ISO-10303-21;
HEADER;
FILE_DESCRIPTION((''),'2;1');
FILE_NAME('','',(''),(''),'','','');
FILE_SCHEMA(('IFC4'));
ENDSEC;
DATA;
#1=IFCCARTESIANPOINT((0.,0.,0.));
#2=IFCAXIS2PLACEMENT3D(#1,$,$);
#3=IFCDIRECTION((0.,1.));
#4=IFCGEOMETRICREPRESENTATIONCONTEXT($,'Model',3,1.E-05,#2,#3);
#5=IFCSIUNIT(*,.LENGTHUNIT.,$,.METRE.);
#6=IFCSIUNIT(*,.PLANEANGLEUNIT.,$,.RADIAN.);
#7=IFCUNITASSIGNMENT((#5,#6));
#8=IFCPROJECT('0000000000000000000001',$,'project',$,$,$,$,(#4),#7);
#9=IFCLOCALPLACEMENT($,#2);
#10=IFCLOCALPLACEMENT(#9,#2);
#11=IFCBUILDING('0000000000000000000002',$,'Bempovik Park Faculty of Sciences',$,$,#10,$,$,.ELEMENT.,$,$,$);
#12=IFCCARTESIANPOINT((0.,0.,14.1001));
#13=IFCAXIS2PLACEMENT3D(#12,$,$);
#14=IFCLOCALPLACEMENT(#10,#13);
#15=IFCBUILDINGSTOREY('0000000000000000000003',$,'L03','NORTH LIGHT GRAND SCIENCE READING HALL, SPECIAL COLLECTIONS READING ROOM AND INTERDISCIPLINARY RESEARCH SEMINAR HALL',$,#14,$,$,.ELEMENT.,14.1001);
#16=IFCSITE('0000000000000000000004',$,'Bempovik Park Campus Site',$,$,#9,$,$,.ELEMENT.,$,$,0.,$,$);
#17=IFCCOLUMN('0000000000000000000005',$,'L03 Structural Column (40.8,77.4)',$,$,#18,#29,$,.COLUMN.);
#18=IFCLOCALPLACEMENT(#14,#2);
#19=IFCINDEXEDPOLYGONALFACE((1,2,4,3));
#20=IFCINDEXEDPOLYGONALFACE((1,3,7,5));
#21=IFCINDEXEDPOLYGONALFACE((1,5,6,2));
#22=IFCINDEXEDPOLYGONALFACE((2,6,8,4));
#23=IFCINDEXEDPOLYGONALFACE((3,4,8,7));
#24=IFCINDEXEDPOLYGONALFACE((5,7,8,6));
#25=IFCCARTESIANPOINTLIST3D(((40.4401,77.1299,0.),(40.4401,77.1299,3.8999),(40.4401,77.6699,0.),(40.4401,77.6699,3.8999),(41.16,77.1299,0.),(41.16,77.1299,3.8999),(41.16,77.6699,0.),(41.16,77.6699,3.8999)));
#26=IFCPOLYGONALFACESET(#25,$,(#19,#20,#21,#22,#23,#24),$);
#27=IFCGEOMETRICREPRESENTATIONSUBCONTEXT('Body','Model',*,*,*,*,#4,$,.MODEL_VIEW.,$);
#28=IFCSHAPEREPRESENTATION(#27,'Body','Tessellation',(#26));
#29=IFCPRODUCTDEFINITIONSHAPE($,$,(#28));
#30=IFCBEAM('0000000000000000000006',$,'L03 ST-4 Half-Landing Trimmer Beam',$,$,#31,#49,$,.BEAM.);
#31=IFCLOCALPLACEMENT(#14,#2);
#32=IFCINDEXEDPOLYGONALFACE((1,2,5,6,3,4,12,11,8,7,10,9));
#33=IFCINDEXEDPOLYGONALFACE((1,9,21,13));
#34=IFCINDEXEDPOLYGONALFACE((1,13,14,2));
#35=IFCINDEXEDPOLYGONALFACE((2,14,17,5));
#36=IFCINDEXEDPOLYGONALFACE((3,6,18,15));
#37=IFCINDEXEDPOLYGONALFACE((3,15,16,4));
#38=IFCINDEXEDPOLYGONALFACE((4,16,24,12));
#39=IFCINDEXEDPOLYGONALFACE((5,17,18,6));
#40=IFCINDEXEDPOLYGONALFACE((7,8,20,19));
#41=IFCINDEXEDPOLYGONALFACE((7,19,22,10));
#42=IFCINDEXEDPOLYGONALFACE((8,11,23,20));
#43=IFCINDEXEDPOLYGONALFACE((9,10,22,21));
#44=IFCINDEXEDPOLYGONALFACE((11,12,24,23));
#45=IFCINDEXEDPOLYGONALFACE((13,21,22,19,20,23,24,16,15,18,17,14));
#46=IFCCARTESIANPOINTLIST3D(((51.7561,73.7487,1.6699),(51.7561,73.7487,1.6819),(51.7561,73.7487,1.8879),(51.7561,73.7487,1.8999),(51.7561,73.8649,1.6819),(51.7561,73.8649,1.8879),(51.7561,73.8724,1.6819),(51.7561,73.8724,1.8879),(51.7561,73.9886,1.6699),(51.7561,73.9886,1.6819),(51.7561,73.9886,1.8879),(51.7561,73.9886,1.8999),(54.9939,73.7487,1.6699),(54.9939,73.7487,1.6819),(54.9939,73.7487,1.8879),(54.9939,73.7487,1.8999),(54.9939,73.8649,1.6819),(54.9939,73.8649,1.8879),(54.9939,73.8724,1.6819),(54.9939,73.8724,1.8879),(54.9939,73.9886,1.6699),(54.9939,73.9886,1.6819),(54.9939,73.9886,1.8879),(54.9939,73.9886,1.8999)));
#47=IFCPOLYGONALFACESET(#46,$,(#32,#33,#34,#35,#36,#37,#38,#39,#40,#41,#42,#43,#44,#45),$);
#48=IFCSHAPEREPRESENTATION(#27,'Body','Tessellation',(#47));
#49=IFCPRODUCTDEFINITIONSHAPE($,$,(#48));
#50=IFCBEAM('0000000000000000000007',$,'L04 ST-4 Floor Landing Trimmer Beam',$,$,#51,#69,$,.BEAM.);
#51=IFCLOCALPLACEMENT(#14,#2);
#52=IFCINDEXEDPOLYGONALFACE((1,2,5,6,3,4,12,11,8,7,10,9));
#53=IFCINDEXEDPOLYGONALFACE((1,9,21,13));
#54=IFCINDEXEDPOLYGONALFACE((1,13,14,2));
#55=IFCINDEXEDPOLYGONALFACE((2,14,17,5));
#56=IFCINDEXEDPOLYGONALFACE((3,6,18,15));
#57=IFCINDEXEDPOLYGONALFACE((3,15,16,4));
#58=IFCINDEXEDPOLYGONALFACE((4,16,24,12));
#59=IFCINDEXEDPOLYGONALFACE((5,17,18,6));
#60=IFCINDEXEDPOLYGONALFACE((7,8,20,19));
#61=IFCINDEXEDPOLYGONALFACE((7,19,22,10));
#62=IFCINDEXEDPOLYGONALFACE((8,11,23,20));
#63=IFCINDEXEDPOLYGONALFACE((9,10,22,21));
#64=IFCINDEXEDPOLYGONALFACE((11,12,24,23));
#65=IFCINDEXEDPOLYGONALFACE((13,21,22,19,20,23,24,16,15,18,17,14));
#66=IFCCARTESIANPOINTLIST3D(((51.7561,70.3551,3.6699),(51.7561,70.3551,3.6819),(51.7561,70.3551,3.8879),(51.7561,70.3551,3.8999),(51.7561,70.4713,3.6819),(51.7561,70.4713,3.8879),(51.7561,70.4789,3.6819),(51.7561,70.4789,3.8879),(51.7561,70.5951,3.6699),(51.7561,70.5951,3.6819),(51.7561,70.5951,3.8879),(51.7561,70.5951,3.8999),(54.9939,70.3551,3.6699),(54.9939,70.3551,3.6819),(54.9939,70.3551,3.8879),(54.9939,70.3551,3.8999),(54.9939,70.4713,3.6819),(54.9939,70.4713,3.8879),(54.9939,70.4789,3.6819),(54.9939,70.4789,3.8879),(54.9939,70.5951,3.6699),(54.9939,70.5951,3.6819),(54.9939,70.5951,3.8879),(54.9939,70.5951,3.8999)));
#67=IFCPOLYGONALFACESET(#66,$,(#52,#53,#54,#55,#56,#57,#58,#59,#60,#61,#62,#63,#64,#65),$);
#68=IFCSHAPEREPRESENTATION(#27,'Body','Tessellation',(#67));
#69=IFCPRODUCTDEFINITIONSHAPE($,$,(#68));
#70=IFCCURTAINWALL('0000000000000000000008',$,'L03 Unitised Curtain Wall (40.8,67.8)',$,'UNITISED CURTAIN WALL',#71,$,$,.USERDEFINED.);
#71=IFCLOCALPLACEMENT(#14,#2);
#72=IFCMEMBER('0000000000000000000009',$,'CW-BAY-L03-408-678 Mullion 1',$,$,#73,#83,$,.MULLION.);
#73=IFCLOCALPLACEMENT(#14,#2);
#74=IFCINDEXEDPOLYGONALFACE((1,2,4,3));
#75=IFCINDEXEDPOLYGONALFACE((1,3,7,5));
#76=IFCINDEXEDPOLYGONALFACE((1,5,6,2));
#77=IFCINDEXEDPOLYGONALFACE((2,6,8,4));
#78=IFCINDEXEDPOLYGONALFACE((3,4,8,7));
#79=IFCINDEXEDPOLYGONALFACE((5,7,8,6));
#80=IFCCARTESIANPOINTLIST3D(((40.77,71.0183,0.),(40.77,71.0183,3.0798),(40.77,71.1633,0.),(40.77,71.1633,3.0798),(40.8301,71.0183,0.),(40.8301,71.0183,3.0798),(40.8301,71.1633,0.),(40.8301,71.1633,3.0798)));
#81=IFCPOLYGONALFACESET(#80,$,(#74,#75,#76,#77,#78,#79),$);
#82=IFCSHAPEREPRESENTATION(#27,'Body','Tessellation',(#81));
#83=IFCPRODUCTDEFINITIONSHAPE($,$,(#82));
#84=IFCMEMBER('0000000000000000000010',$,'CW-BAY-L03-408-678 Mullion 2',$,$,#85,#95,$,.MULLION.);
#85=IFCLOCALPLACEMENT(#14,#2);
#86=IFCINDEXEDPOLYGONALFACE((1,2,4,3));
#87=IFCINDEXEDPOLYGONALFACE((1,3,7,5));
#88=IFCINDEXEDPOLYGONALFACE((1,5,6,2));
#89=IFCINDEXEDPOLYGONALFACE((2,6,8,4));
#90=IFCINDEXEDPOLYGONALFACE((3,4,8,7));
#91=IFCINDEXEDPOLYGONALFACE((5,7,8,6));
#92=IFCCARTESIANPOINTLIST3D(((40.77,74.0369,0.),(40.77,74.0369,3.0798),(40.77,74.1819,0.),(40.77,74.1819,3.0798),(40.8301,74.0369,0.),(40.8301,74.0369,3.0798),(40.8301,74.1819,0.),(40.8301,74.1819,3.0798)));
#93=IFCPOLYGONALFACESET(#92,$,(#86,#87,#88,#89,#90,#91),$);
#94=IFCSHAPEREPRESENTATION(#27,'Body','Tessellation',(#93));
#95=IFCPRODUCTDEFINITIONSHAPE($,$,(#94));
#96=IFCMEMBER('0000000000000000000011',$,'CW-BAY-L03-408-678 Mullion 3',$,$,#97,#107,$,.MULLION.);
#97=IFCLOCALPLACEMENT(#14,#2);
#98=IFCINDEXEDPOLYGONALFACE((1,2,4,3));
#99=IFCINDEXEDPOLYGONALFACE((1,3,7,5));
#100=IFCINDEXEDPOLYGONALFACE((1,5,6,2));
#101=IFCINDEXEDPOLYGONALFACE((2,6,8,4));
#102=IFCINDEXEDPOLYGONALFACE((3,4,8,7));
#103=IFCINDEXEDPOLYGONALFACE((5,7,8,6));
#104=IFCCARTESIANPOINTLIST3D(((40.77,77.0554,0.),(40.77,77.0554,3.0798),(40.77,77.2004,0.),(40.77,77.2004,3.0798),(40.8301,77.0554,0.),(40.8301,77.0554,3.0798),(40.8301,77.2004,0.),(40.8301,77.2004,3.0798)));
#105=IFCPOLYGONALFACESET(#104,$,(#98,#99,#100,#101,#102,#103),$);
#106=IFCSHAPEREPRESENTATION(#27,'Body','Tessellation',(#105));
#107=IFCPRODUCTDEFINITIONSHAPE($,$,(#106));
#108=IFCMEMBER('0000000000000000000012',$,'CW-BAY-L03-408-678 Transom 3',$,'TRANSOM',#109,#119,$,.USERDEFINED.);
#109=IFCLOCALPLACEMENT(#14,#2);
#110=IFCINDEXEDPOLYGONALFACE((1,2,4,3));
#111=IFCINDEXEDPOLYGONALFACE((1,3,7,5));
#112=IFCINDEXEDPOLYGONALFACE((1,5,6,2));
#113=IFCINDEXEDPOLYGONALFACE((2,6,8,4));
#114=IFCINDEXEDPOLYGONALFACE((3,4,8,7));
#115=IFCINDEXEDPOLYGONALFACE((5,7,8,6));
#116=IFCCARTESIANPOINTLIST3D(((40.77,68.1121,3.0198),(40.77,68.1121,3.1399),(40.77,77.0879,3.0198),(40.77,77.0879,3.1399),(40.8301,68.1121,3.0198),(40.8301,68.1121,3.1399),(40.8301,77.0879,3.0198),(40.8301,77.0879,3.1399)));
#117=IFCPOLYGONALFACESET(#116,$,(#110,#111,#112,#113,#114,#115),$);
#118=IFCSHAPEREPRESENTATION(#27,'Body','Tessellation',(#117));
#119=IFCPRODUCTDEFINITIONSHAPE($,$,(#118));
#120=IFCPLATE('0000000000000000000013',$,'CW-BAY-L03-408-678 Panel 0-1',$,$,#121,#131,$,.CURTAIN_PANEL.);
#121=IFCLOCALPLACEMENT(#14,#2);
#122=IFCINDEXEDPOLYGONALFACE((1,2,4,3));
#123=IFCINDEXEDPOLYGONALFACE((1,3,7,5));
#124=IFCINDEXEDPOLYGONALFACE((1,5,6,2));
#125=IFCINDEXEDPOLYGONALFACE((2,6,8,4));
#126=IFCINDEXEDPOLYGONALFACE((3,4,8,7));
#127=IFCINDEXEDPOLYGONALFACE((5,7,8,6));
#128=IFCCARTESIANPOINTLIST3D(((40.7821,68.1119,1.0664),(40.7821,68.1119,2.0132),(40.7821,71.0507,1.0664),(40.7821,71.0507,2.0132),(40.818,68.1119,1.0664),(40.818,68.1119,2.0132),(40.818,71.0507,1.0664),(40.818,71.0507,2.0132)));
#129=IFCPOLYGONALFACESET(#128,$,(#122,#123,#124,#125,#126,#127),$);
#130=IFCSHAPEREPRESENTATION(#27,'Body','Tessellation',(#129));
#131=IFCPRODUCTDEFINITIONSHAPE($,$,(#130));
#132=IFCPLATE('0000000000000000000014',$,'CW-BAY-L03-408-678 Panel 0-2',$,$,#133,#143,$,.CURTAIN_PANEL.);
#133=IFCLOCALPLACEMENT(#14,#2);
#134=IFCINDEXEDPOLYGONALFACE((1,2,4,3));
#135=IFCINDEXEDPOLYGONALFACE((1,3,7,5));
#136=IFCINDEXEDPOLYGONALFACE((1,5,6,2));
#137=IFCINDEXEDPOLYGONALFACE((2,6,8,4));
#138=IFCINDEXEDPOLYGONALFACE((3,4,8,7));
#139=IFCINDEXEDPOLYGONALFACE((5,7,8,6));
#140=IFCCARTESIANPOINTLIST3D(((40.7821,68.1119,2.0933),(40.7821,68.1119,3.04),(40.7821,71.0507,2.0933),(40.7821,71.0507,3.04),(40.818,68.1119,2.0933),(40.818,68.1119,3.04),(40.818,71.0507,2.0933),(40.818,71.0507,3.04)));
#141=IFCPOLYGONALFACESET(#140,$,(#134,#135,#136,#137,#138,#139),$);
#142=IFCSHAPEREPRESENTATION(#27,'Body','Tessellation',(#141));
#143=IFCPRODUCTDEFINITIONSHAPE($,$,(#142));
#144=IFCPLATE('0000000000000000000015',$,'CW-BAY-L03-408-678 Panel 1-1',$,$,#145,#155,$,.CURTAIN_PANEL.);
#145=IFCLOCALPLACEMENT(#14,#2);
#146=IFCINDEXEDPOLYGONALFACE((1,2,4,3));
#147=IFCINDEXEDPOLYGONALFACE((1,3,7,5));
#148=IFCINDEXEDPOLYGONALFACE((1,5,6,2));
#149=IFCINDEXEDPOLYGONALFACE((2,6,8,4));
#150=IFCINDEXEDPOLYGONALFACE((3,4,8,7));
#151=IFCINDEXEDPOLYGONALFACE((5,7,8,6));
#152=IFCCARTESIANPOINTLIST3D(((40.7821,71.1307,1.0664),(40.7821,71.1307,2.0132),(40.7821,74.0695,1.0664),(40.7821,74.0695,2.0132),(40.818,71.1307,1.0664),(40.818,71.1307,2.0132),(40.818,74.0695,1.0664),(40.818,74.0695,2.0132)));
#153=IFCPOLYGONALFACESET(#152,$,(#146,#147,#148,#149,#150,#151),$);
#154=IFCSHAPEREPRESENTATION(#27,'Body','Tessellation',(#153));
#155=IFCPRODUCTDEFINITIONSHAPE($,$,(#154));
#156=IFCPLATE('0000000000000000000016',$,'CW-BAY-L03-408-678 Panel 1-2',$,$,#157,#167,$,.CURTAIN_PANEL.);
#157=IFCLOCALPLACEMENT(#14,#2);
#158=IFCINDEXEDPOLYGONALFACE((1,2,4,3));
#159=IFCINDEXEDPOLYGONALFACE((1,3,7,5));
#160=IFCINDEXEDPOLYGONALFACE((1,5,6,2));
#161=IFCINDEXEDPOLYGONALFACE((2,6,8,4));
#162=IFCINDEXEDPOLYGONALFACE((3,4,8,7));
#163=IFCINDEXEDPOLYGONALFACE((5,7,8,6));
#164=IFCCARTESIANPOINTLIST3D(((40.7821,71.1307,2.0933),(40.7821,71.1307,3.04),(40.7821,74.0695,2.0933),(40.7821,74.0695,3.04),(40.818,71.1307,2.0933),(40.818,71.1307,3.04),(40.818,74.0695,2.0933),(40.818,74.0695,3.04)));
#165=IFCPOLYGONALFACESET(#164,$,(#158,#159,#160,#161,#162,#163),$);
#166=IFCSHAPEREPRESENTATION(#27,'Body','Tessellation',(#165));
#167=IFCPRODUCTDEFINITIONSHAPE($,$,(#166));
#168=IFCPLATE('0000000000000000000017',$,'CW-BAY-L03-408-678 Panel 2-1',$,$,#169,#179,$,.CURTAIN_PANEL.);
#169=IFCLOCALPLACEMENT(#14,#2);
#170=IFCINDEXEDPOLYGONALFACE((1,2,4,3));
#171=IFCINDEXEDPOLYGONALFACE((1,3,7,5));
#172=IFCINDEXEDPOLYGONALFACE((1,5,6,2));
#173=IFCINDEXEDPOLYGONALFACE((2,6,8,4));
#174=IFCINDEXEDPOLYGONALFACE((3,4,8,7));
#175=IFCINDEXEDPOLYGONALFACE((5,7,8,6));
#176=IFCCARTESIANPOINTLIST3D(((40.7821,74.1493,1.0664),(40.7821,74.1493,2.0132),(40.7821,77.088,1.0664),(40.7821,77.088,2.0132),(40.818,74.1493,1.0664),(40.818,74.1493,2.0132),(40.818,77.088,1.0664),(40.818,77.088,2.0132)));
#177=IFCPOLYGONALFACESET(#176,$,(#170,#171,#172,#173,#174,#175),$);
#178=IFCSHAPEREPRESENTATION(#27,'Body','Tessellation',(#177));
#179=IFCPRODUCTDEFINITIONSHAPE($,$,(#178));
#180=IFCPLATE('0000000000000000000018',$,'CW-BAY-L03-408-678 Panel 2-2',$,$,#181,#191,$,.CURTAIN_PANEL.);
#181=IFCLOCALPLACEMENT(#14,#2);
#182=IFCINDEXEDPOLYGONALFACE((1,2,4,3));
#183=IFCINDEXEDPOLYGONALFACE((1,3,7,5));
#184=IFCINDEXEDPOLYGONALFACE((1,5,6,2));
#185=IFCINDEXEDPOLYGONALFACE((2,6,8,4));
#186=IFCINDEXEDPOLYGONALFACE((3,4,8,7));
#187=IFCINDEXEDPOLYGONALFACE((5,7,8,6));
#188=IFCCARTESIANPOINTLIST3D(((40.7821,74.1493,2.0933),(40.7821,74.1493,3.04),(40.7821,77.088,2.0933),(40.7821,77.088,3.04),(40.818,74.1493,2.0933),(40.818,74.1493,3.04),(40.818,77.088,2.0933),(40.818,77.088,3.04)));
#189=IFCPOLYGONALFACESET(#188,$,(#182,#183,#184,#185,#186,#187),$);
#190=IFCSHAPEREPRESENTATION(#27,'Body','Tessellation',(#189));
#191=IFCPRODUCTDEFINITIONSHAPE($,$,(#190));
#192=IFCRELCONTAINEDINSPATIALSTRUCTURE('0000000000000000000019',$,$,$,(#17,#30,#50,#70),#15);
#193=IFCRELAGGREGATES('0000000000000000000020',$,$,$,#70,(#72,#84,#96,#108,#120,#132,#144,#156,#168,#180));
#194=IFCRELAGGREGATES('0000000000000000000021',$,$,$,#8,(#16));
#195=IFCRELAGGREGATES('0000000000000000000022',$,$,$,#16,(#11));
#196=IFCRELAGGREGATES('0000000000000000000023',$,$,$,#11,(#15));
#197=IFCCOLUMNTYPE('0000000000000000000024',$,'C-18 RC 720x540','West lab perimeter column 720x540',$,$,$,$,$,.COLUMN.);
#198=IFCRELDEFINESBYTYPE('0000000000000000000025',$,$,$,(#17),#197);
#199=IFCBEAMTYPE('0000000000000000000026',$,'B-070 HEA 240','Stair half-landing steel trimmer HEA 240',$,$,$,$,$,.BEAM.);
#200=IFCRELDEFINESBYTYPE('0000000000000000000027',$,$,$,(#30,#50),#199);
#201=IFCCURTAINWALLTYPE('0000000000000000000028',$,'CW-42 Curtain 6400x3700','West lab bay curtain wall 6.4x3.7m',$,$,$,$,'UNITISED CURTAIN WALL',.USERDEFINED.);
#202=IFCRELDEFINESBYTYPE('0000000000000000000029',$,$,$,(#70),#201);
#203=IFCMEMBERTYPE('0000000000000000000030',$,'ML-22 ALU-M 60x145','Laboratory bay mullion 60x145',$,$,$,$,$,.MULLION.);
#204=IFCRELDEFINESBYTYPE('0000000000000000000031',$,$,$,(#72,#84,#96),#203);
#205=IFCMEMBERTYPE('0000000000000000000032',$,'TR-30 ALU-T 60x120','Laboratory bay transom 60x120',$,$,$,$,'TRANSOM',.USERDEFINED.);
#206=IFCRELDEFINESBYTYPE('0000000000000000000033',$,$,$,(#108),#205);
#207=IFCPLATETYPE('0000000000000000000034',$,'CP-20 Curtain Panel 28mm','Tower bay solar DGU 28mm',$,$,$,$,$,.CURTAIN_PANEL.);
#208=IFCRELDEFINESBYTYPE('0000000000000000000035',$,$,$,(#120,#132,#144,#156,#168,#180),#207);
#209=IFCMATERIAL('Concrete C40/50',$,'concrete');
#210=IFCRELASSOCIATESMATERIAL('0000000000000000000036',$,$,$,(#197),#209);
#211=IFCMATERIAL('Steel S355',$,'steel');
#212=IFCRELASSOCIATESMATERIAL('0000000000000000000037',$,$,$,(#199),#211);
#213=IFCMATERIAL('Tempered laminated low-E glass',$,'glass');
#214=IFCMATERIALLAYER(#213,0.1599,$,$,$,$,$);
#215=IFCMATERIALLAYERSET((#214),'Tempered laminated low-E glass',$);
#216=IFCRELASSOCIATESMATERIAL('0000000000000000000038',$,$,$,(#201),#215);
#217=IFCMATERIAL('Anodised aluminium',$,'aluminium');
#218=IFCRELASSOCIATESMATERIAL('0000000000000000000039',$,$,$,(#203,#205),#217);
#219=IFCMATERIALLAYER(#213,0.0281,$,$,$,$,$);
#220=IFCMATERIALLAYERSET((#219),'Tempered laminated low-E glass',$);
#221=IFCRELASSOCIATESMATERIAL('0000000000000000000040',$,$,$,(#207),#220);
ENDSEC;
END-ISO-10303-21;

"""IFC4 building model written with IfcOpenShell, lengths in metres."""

from ifc_helpers import new_model, si_unit, direction, frame, origin, origin_2d, place, context, subcontext, project, spatial, rectangle, i_section, extrude, material, layer, layer_set, material_profile, profile_set, type_object, element, aggregate, save


model = new_model("IFC4")

# Units and contexts
model_context = context("Model", 3, precision=1e-05, world=origin(), true_north=direction((0.0, 1.0)))
body_context = subcontext(model_context, "Body", "Model", "MODEL_VIEW")
ifc_project = project(units=[si_unit("LENGTHUNIT", "METRE"), si_unit("PLANEANGLEUNIT", "RADIAN")], contexts=[model_context])

# Site, building, storey
site_placement = place(None, origin())
site = spatial("IfcSite", under=ifc_project, at=site_placement, Name="Bempovik Park Campus Site", CompositionType="ELEMENT", RefElevation=0.0)
building_placement = place(site_placement, origin())
building = spatial("IfcBuilding", under=site, at=building_placement, Name="Bempovik Park Faculty of Sciences", CompositionType="ELEMENT")
storey_placement = place(building_placement, frame((0.0, 0.0, 14.1001)))
storey = spatial("IfcBuildingStorey", under=building, at=storey_placement, Name="L03", Description="NORTH LIGHT GRAND SCIENCE READING HALL, SPECIAL COLLECTIONS READING ROOM AND INTERDISCIPLINARY RESEARCH SEMINAR HALL", CompositionType="ELEMENT", Elevation=14.1001)

# Column
ifc_material_1 = material(Name="Concrete C40/50", Category="concrete")
ifc_material_profile_1 = material_profile(ifc_material_1, rectangle(XDim=0.72, YDim=0.54, at=origin_2d()), Name="RC 720x540")
ifc_profile_set_1 = profile_set([ifc_material_profile_1], Name="Concrete C40/50")
column_type = type_object("IfcColumnType", Name="C-18 RC 720x540", Description="West lab perimeter column 720x540", PredefinedType="COLUMN", material=ifc_profile_set_1)
column_placement = place(storey_placement, frame((40.8, 77.3999, 0.0), z_axis=(0.0, 0.0, 1.0), x_axis=(1.0, 0.0, 0.0)))
element("IfcColumn", 1, at=column_placement, inside=storey, type_object=column_type, Name="L03 Structural Column (40.8,77.4)", PredefinedType="COLUMN", context=body_context, shape_type="SweptSolid", body=[
    extrude(rectangle(XDim=0.72, YDim=0.54, at=origin_2d()), origin(), (0.0, 0.0, 1.0), 3.8999),
])

# Beams
ifc_material_2 = material(Name="Steel S355", Category="steel")
ifc_material_profile_2 = material_profile(ifc_material_2, i_section(OverallWidth=0.24, OverallDepth=0.23, WebThickness=0.0076, FlangeThickness=0.012, at=origin_2d()), Name="HEA 240")
ifc_profile_set_2 = profile_set([ifc_material_profile_2], Name="Steel S355")
beam_type = type_object("IfcBeamType", Name="B-070 HEA 240", Description="Stair half-landing steel trimmer HEA 240", PredefinedType="BEAM", material=ifc_profile_set_2)
for number, where, z_axis, x_axis, name in (
    (2, (51.7561, 73.8687, 1.7849), (1.0, 0.0, 0.0), (0.0, 1.0, 0.0), "L03 ST-4 Half-Landing Trimmer Beam"),
    (3, (51.7561, 70.4751, 3.7849), (1.0, 0.0, 0.0), (0.0, 1.0, 0.0), "L04 ST-4 Floor Landing Trimmer Beam"),
):
    element("IfcBeam", number, at=place(storey_placement, frame(where, z_axis=z_axis, x_axis=x_axis)), inside=storey, type_object=beam_type, Name=name, PredefinedType="BEAM", context=body_context, shape_type="SweptSolid", body=[
        extrude(i_section(OverallWidth=0.24, OverallDepth=0.23, WebThickness=0.0076, FlangeThickness=0.012, at=origin_2d()), origin(), (0.0, 0.0, 1.0), 3.2378),
    ])

# Curtain wall, members, plates
ifc_material_3 = material(Name="Tempered laminated low-E glass", Category="glass")
ifc_layer_1 = layer(ifc_material_3, 0.1599)
ifc_layer_set_1 = layer_set([ifc_layer_1], Name="Tempered laminated low-E glass")
curtain_wall_type = type_object("IfcCurtainWallType", Name="CW-42 Curtain 6400x3700", Description="West lab bay curtain wall 6.4x3.7m", ElementType="UNITISED CURTAIN WALL", PredefinedType="USERDEFINED", material=ifc_layer_set_1)
curtain_wall_placement = place(storey_placement, origin())
curtain_wall = element("IfcCurtainWall", 4, at=curtain_wall_placement, inside=storey, type_object=curtain_wall_type, Name="L03 Unitised Curtain Wall (40.8,67.8)", ObjectType="UNITISED CURTAIN WALL", PredefinedType="USERDEFINED")
ifc_material_4 = material(Name="Anodised aluminium", Category="aluminium")
ifc_material_profile_3 = material_profile(ifc_material_4, rectangle(XDim=0.0601, YDim=0.145, at=origin_2d()), Name="ALU-M 60x145")
ifc_profile_set_3 = profile_set([ifc_material_profile_3], Name="Anodised aluminium")
member_type_1 = type_object("IfcMemberType", Name="ML-22 ALU-M 60x145", Description="Laboratory bay mullion 60x145", PredefinedType="MULLION", material=ifc_profile_set_3)
member_1_placement = place(storey_placement, frame((40.8, 71.0908, 0.0), z_axis=(0.0, 0.0, 1.0), x_axis=(1.0, 0.0, 0.0)))
member_1 = element("IfcMember", 5, at=member_1_placement, type_object=member_type_1, Name="CW-BAY-L03-408-678 Mullion 1", PredefinedType="MULLION", context=body_context, shape_type="SweptSolid", body=[
    extrude(rectangle(XDim=0.0601, YDim=0.145, at=origin_2d()), origin(), (0.0, 0.0, 1.0), 3.0798),
])
member_2_placement = place(storey_placement, frame((40.8, 74.1094, 0.0), z_axis=(0.0, 0.0, 1.0), x_axis=(1.0, 0.0, 0.0)))
member_2 = element("IfcMember", 6, at=member_2_placement, type_object=member_type_1, Name="CW-BAY-L03-408-678 Mullion 2", PredefinedType="MULLION", context=body_context, shape_type="SweptSolid", body=[
    extrude(rectangle(XDim=0.0601, YDim=0.145, at=origin_2d()), origin(), (0.0, 0.0, 1.0), 3.0798),
])
member_3_placement = place(storey_placement, frame((40.8, 77.1279, 0.0), z_axis=(0.0, 0.0, 1.0), x_axis=(1.0, 0.0, 0.0)))
member_3 = element("IfcMember", 7, at=member_3_placement, type_object=member_type_1, Name="CW-BAY-L03-408-678 Mullion 3", PredefinedType="MULLION", context=body_context, shape_type="SweptSolid", body=[
    extrude(rectangle(XDim=0.0601, YDim=0.145, at=origin_2d()), origin(), (0.0, 0.0, 1.0), 3.0798),
])
ifc_material_profile_4 = material_profile(ifc_material_4, rectangle(XDim=0.0601, YDim=0.1201, at=origin_2d()), Name="ALU-T 60x120")
ifc_profile_set_4 = profile_set([ifc_material_profile_4], Name="Anodised aluminium")
member_type_2 = type_object("IfcMemberType", Name="TR-30 ALU-T 60x120", Description="Laboratory bay transom 60x120", ElementType="TRANSOM", PredefinedType="USERDEFINED", material=ifc_profile_set_4)
member_4_placement = place(storey_placement, frame((40.8, 68.1121, 3.0798), z_axis=(0.0, 1.0, 0.0), x_axis=(-1.0, 0.0, 0.0)))
member_4 = element("IfcMember", 8, at=member_4_placement, type_object=member_type_2, Name="CW-BAY-L03-408-678 Transom 3", ObjectType="TRANSOM", PredefinedType="USERDEFINED", context=body_context, shape_type="SweptSolid", body=[
    extrude(rectangle(XDim=0.0601, YDim=0.1201, at=origin_2d()), origin(), (0.0, 0.0, 1.0), 8.9758),
])
ifc_layer_2 = layer(ifc_material_3, 0.0281)
ifc_layer_set_2 = layer_set([ifc_layer_2], Name="Tempered laminated low-E glass")
plate_type_1 = type_object("IfcPlateType", Name="CP-20 Curtain Panel 28mm", Description="Tower bay solar DGU 28mm", PredefinedType="CURTAIN_PANEL", material=ifc_layer_set_2)
plate_1_placement = place(storey_placement, frame((40.8, 69.5813, 1.0664), z_axis=(0.0, 0.0, 1.0), x_axis=(0.0, 1.0, 0.0)))
plate_1 = element("IfcPlate", 9, at=plate_1_placement, type_object=plate_type_1, Name="CW-BAY-L03-408-678 Panel 0-1", PredefinedType="CURTAIN_PANEL", context=body_context, shape_type="SweptSolid", body=[
    extrude(rectangle(XDim=2.9387, YDim=0.0359, at=origin_2d()), origin(), (0.0, 0.0, 1.0), 0.9468),
])
plate_2_placement = place(storey_placement, frame((40.8, 69.5813, 2.0933), z_axis=(0.0, 0.0, 1.0), x_axis=(0.0, 1.0, 0.0)))
plate_2 = element("IfcPlate", 10, at=plate_2_placement, type_object=plate_type_1, Name="CW-BAY-L03-408-678 Panel 0-2", PredefinedType="CURTAIN_PANEL", context=body_context, shape_type="SweptSolid", body=[
    extrude(rectangle(XDim=2.9387, YDim=0.0359, at=origin_2d()), origin(), (0.0, 0.0, 1.0), 0.9468),
])
plate_3_placement = place(storey_placement, frame((40.8, 72.6001, 1.0664), z_axis=(0.0, 0.0, 1.0), x_axis=(0.0, 1.0, 0.0)))
plate_3 = element("IfcPlate", 11, at=plate_3_placement, type_object=plate_type_1, Name="CW-BAY-L03-408-678 Panel 1-1", PredefinedType="CURTAIN_PANEL", context=body_context, shape_type="SweptSolid", body=[
    extrude(rectangle(XDim=2.9387, YDim=0.0359, at=origin_2d()), origin(), (0.0, 0.0, 1.0), 0.9468),
])
plate_4_placement = place(storey_placement, frame((40.8, 72.6001, 2.0933), z_axis=(0.0, 0.0, 1.0), x_axis=(0.0, 1.0, 0.0)))
plate_4 = element("IfcPlate", 12, at=plate_4_placement, type_object=plate_type_1, Name="CW-BAY-L03-408-678 Panel 1-2", PredefinedType="CURTAIN_PANEL", context=body_context, shape_type="SweptSolid", body=[
    extrude(rectangle(XDim=2.9387, YDim=0.0359, at=origin_2d()), origin(), (0.0, 0.0, 1.0), 0.9468),
])
plate_5_placement = place(storey_placement, frame((40.8, 75.6187, 1.0664), z_axis=(0.0, 0.0, 1.0), x_axis=(0.0, 1.0, 0.0)))
plate_5 = element("IfcPlate", 13, at=plate_5_placement, type_object=plate_type_1, Name="CW-BAY-L03-408-678 Panel 2-1", PredefinedType="CURTAIN_PANEL", context=body_context, shape_type="SweptSolid", body=[
    extrude(rectangle(XDim=2.9387, YDim=0.0359, at=origin_2d()), origin(), (0.0, 0.0, 1.0), 0.9468),
])
plate_6_placement = place(storey_placement, frame((40.8, 75.6187, 2.0933), z_axis=(0.0, 0.0, 1.0), x_axis=(0.0, 1.0, 0.0)))
plate_6 = element("IfcPlate", 14, at=plate_6_placement, type_object=plate_type_1, Name="CW-BAY-L03-408-678 Panel 2-2", PredefinedType="CURTAIN_PANEL", context=body_context, shape_type="SweptSolid", body=[
    extrude(rectangle(XDim=2.9387, YDim=0.0359, at=origin_2d()), origin(), (0.0, 0.0, 1.0), 0.9468),
])
aggregate(curtain_wall, [member_1, member_2, member_3, member_4, plate_1, plate_2, plate_3, plate_4, plate_5, plate_6])

save(model, "model.ifc")
